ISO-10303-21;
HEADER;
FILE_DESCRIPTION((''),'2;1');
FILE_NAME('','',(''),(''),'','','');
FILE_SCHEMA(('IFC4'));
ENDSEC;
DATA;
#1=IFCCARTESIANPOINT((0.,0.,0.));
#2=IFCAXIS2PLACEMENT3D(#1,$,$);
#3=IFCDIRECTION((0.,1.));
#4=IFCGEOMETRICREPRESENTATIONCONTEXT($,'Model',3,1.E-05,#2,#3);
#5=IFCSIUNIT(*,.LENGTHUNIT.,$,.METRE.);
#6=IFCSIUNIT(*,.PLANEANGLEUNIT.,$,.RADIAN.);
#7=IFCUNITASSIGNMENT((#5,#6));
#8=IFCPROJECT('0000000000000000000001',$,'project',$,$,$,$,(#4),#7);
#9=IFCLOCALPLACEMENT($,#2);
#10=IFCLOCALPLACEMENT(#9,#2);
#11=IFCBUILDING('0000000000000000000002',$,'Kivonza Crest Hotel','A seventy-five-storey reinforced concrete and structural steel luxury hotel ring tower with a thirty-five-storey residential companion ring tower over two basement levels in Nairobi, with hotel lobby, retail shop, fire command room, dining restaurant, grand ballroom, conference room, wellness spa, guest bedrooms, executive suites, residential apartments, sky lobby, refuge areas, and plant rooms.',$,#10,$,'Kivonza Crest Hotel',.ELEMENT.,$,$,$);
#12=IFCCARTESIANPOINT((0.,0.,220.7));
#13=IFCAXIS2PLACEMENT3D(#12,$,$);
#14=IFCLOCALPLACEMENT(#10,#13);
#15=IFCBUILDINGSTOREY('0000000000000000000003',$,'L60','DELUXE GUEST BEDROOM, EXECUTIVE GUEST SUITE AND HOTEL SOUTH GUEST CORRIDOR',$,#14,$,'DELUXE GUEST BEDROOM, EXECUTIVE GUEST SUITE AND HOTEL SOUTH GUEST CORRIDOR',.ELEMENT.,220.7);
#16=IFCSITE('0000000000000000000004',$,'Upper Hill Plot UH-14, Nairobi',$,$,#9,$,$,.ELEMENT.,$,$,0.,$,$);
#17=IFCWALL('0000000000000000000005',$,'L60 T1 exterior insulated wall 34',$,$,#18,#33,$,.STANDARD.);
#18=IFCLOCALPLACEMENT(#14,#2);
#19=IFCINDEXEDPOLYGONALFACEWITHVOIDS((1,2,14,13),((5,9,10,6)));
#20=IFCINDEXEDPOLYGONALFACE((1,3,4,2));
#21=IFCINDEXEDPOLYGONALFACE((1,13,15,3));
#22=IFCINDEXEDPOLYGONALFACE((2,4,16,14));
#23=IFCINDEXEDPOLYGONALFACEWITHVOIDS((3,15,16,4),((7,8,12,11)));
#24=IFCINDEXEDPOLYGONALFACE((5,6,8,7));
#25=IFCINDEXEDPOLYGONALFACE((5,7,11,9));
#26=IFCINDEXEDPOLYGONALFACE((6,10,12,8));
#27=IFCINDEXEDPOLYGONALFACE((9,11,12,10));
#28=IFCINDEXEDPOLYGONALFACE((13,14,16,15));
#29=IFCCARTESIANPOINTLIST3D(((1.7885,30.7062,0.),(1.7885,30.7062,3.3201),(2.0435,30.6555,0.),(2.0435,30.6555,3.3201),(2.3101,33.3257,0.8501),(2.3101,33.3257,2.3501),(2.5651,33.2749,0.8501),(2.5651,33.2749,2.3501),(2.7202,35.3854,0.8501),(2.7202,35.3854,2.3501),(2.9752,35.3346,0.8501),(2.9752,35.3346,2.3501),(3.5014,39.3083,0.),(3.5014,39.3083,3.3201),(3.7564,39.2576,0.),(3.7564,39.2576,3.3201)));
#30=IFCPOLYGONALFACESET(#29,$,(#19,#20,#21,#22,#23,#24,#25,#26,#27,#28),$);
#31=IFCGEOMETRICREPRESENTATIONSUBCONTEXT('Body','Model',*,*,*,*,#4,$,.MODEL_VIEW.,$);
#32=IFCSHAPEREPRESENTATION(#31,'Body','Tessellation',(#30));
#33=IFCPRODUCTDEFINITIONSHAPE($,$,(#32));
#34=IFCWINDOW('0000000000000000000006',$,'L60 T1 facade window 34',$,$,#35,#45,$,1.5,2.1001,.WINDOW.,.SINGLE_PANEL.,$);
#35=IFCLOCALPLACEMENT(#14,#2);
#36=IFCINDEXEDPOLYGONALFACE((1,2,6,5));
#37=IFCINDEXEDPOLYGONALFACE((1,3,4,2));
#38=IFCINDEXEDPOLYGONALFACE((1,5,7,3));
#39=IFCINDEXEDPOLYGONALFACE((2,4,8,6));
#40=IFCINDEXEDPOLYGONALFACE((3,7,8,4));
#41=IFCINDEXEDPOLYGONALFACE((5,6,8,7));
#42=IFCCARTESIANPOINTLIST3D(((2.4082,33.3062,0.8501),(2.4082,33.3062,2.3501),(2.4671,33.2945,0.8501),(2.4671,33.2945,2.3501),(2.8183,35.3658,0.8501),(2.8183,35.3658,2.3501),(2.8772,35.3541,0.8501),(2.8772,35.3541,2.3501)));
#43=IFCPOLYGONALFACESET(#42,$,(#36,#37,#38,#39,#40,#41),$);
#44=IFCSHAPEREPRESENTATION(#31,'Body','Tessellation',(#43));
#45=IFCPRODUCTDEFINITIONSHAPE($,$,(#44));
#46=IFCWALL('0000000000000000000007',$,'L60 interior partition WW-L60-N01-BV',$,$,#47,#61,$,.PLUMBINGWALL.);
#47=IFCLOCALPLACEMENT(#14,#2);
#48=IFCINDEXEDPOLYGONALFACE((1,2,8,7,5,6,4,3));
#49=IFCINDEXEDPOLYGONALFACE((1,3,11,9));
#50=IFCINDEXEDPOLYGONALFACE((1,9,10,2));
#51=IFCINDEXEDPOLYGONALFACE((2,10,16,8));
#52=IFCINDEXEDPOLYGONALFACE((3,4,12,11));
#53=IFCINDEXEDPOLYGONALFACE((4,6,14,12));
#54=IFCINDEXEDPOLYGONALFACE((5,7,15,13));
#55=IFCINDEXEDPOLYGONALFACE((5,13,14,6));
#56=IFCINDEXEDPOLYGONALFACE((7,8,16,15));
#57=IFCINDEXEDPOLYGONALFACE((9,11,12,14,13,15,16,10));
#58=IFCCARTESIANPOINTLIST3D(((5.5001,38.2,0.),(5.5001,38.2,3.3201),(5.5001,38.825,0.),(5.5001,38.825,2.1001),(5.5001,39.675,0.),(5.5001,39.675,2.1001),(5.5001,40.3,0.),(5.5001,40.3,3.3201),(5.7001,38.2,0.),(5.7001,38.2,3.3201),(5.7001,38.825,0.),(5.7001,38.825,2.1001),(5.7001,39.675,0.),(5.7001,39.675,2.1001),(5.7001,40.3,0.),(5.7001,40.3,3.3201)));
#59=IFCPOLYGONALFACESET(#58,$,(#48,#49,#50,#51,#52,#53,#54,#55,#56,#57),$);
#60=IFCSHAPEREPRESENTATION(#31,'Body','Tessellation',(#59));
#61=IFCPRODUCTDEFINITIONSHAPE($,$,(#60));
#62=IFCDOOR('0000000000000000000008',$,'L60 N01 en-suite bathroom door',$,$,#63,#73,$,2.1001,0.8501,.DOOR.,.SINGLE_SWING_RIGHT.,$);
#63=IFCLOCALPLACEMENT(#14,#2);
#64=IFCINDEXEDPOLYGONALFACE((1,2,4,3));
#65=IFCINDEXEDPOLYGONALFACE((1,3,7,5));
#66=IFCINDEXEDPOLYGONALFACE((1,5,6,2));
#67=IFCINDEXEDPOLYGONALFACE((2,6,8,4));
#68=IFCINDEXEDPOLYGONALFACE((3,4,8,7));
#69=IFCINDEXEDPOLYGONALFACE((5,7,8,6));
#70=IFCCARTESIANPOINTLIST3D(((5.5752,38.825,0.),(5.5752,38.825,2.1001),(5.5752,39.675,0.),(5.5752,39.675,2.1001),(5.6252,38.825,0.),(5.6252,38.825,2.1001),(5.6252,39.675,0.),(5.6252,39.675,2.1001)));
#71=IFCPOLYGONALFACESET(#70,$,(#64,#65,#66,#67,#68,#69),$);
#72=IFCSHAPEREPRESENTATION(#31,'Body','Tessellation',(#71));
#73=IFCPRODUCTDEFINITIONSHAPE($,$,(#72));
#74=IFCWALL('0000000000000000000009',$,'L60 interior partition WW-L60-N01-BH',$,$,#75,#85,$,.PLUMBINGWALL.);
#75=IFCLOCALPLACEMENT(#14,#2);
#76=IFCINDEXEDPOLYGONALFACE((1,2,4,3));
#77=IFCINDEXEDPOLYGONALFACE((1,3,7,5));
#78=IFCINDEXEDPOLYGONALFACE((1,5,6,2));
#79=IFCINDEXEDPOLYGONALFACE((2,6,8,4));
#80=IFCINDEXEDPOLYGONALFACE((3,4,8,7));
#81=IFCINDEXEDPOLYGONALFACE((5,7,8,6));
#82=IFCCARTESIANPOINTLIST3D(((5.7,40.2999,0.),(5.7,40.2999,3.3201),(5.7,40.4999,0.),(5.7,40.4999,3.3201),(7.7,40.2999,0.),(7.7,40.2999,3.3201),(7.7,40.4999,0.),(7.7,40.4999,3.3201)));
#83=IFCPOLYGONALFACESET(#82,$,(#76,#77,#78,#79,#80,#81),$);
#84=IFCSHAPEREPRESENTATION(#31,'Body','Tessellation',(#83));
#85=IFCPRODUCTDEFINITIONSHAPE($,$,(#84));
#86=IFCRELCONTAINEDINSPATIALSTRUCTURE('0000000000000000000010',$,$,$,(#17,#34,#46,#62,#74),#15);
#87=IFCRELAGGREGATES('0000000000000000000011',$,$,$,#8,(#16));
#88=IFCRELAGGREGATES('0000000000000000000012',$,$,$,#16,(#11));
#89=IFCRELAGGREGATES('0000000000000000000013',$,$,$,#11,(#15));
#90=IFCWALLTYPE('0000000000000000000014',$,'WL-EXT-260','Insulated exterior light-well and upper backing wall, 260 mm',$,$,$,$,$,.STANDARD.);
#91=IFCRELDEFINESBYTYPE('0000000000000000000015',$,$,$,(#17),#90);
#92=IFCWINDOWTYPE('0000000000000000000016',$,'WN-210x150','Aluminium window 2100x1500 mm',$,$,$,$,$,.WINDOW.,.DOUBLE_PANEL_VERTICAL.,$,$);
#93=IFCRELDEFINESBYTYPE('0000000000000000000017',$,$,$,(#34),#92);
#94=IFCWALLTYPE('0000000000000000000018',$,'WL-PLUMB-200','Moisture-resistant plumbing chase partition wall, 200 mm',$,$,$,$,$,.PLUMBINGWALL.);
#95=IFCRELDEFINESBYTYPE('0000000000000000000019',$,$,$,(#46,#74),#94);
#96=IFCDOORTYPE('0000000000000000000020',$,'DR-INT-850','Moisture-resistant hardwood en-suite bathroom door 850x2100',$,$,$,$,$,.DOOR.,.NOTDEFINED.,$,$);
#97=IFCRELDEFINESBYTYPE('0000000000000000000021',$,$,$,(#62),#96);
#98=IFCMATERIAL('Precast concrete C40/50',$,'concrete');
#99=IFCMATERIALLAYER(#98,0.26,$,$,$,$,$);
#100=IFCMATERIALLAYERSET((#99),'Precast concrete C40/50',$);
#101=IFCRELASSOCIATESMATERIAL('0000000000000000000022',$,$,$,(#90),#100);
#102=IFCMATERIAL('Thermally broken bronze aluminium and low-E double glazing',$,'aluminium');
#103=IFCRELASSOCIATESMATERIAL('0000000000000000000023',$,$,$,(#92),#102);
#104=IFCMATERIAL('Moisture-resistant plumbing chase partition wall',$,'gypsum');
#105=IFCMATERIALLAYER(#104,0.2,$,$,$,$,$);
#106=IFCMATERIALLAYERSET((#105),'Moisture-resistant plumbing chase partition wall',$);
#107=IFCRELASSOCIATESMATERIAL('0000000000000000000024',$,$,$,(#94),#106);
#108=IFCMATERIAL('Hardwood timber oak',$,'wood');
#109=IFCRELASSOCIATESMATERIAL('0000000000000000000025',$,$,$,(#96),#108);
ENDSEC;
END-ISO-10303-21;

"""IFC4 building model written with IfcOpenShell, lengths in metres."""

from ifc_helpers import new_model, si_unit, direction, frame, frame_2d, origin, place, context, subcontext, project, spatial, rectangle, extrude, material, layer, layer_set, type_object, element, fill, save


model = new_model("IFC4")

# Units and contexts
model_context = context("Model", 3, precision=1e-05, world=origin(), true_north=direction((0.0, 1.0)))
body_context = subcontext(model_context, "Body", "Model", "MODEL_VIEW")
ifc_project = project(units=[si_unit("LENGTHUNIT", "METRE"), si_unit("PLANEANGLEUNIT", "RADIAN")], contexts=[model_context])

# Site, building, storey
site_placement = place(None, origin())
site = spatial("IfcSite", under=ifc_project, at=site_placement, Name="Upper Hill Plot UH-14, Nairobi", CompositionType="ELEMENT", RefElevation=0.0)
building_placement = place(site_placement, origin())
building = spatial("IfcBuilding", under=site, at=building_placement, Name="Kivonza Crest Hotel", Description="A seventy-five-storey reinforced concrete and structural steel luxury hotel ring tower with a thirty-five-storey residential companion ring tower over two basement levels in Nairobi, with hotel lobby, retail shop, fire command room, dining restaurant, grand ballroom, conference room, wellness spa, guest bedrooms, executive suites, residential apartments, sky lobby, refuge areas, and plant rooms.", LongName="Kivonza Crest Hotel", CompositionType="ELEMENT")
storey_placement = place(building_placement, frame((0.0, 0.0, 220.7)))
storey = spatial("IfcBuildingStorey", under=building, at=storey_placement, Name="L60", Description="DELUXE GUEST BEDROOM, EXECUTIVE GUEST SUITE AND HOTEL SOUTH GUEST CORRIDOR", LongName="DELUXE GUEST BEDROOM, EXECUTIVE GUEST SUITE AND HOTEL SOUTH GUEST CORRIDOR", CompositionType="ELEMENT", Elevation=220.7)

# Shared definitions
ifc_material_1 = material(Name="Hardwood timber oak", Category="wood")

# Shared definitions
ifc_material_2 = material(Name="Precast concrete C40/50", Category="concrete")
ifc_layer_1 = layer(ifc_material_2, 0.26)
ifc_layer_set_1 = layer_set([ifc_layer_1], Name="Precast concrete C40/50")
wall_type_1 = type_object("IfcWallType", Name="WL-EXT-260", Description="Insulated exterior light-well and upper backing wall, 260 mm", PredefinedType="STANDARD", material=ifc_layer_set_1)

# Wall, opening, window
ifc_material_3 = material(Name="Thermally broken bronze aluminium and low-E double glazing", Category="aluminium")
wall_1_placement = place(storey_placement, frame((3.6289, 39.283, 0.0), z_axis=(0.0, 0.0, 1.0), x_axis=(-0.195292, -0.980745, 0.0)))
wall_1 = element("IfcWall", 1, at=wall_1_placement, inside=storey, type_object=wall_type_1, Name="L60 T1 exterior insulated wall 34", PredefinedType="STANDARD", context=body_context, shape_type="SweptSolid", body=[
    extrude(rectangle(XDim=8.771, YDim=0.26, at=frame_2d((4.3855, 0.0))), origin(), (0.0, 0.0, 1.0), 3.3201),
])
opening_1_placement = place(wall_1_placement, frame((4.0, 0.0, 0.8501)))
opening_1 = element("IfcOpeningElement", 2, at=opening_1_placement, cuts=wall_1, PredefinedType="OPENING", context=body_context, shape_type="SweptSolid", body=[
    extrude(rectangle(XDim=2.1001, YDim=1.5, at=frame_2d((1.05, 0.75))), frame((0.0, 0.1401, 0.0), z_axis=(0.0, -1.0, 0.0), x_axis=(1.0, 0.0, 0.0)), (0.0, 0.0, 1.0), 0.28),
])
window_type_1 = type_object("IfcWindowType", Name="WN-210x150", Description="Aluminium window 2100x1500 mm", PartitioningType="DOUBLE_PANEL_VERTICAL", PredefinedType="WINDOW", material=ifc_material_3)
window_1_placement = place(opening_1_placement, origin())
window_1 = element("IfcWindow", 3, at=window_1_placement, inside=storey, type_object=window_type_1, Name="L60 T1 facade window 34", OverallHeight=1.5, OverallWidth=2.1001, PartitioningType="SINGLE_PANEL", PredefinedType="WINDOW", context=body_context, shape_type="SweptSolid", body=[
    extrude(rectangle(XDim=2.1001, YDim=1.5, at=frame_2d((1.05, 0.75))), frame((0.0, 0.03, 0.0), z_axis=(0.0, -1.0, 0.0), x_axis=(1.0, 0.0, 0.0)), (0.0, 0.0, 1.0), 0.0601),
])
fill(opening_1, window_1)

# Wall, opening, door
ifc_material_4 = material(Name="Moisture-resistant plumbing chase partition wall", Category="gypsum")
ifc_layer_2 = layer(ifc_material_4, 0.2)
ifc_layer_set_2 = layer_set([ifc_layer_2], Name="Moisture-resistant plumbing chase partition wall")
wall_type_2 = type_object("IfcWallType", Name="WL-PLUMB-200", Description="Moisture-resistant plumbing chase partition wall, 200 mm", PredefinedType="PLUMBINGWALL", material=ifc_layer_set_2)
wall_2_placement = place(storey_placement, frame((5.6001, 38.2, 0.0), z_axis=(0.0, 0.0, 1.0), x_axis=(0.0, 1.0, 0.0)))
wall_2 = element("IfcWall", 4, at=wall_2_placement, inside=storey, type_object=wall_type_2, Name="L60 interior partition WW-L60-N01-BV", PredefinedType="PLUMBINGWALL", context=body_context, shape_type="SweptSolid", body=[
    extrude(rectangle(XDim=2.1001, YDim=0.2, at=frame_2d((1.05, 0.0))), origin(), (0.0, 0.0, 1.0), 3.3201),
])
opening_2_placement = place(wall_2_placement, frame((0.625, 0.0, 0.0)))
opening_2 = element("IfcOpeningElement", 5, at=opening_2_placement, cuts=wall_2, PredefinedType="OPENING", context=body_context, shape_type="SweptSolid", body=[
    extrude(rectangle(XDim=0.8501, YDim=2.1001, at=frame_2d((0.425, 1.05))), frame((0.0, 0.1099, 0.0), z_axis=(0.0, -1.0, 0.0), x_axis=(1.0, 0.0, 0.0)), (0.0, 0.0, 1.0), 0.22),
])
door_type_1 = type_object("IfcDoorType", Name="DR-INT-850", Description="Moisture-resistant hardwood en-suite bathroom door 850x2100", OperationType="NOTDEFINED", PredefinedType="DOOR", material=ifc_material_1)
door_1_placement = place(opening_2_placement, origin())
door_1 = element("IfcDoor", 6, at=door_1_placement, inside=storey, type_object=door_type_1, Name="L60 N01 en-suite bathroom door", OperationType="SINGLE_SWING_RIGHT", OverallHeight=2.1001, OverallWidth=0.8501, PredefinedType="DOOR", context=body_context, shape_type="SweptSolid", body=[
    extrude(rectangle(XDim=0.8501, YDim=2.1001, at=frame_2d((0.425, 1.05))), frame((0.0, 0.0249, 0.0), z_axis=(0.0, -1.0, 0.0), x_axis=(1.0, 0.0, 0.0)), (0.0, 0.0, 1.0), 0.05),
])
fill(opening_2, door_1)

# Wall
wall_3_placement = place(storey_placement, frame((5.7, 40.3999, 0.0), z_axis=(0.0, 0.0, 1.0), x_axis=(1.0, 0.0, 0.0)))
element("IfcWall", 7, at=wall_3_placement, inside=storey, type_object=wall_type_2, Name="L60 interior partition WW-L60-N01-BH", PredefinedType="PLUMBINGWALL", context=body_context, shape_type="SweptSolid", body=[
    extrude(rectangle(XDim=2.0, YDim=0.2, at=frame_2d((1.0, 0.0))), origin(), (0.0, 0.0, 1.0), 3.3201),
])

save(model, "model.ifc")
